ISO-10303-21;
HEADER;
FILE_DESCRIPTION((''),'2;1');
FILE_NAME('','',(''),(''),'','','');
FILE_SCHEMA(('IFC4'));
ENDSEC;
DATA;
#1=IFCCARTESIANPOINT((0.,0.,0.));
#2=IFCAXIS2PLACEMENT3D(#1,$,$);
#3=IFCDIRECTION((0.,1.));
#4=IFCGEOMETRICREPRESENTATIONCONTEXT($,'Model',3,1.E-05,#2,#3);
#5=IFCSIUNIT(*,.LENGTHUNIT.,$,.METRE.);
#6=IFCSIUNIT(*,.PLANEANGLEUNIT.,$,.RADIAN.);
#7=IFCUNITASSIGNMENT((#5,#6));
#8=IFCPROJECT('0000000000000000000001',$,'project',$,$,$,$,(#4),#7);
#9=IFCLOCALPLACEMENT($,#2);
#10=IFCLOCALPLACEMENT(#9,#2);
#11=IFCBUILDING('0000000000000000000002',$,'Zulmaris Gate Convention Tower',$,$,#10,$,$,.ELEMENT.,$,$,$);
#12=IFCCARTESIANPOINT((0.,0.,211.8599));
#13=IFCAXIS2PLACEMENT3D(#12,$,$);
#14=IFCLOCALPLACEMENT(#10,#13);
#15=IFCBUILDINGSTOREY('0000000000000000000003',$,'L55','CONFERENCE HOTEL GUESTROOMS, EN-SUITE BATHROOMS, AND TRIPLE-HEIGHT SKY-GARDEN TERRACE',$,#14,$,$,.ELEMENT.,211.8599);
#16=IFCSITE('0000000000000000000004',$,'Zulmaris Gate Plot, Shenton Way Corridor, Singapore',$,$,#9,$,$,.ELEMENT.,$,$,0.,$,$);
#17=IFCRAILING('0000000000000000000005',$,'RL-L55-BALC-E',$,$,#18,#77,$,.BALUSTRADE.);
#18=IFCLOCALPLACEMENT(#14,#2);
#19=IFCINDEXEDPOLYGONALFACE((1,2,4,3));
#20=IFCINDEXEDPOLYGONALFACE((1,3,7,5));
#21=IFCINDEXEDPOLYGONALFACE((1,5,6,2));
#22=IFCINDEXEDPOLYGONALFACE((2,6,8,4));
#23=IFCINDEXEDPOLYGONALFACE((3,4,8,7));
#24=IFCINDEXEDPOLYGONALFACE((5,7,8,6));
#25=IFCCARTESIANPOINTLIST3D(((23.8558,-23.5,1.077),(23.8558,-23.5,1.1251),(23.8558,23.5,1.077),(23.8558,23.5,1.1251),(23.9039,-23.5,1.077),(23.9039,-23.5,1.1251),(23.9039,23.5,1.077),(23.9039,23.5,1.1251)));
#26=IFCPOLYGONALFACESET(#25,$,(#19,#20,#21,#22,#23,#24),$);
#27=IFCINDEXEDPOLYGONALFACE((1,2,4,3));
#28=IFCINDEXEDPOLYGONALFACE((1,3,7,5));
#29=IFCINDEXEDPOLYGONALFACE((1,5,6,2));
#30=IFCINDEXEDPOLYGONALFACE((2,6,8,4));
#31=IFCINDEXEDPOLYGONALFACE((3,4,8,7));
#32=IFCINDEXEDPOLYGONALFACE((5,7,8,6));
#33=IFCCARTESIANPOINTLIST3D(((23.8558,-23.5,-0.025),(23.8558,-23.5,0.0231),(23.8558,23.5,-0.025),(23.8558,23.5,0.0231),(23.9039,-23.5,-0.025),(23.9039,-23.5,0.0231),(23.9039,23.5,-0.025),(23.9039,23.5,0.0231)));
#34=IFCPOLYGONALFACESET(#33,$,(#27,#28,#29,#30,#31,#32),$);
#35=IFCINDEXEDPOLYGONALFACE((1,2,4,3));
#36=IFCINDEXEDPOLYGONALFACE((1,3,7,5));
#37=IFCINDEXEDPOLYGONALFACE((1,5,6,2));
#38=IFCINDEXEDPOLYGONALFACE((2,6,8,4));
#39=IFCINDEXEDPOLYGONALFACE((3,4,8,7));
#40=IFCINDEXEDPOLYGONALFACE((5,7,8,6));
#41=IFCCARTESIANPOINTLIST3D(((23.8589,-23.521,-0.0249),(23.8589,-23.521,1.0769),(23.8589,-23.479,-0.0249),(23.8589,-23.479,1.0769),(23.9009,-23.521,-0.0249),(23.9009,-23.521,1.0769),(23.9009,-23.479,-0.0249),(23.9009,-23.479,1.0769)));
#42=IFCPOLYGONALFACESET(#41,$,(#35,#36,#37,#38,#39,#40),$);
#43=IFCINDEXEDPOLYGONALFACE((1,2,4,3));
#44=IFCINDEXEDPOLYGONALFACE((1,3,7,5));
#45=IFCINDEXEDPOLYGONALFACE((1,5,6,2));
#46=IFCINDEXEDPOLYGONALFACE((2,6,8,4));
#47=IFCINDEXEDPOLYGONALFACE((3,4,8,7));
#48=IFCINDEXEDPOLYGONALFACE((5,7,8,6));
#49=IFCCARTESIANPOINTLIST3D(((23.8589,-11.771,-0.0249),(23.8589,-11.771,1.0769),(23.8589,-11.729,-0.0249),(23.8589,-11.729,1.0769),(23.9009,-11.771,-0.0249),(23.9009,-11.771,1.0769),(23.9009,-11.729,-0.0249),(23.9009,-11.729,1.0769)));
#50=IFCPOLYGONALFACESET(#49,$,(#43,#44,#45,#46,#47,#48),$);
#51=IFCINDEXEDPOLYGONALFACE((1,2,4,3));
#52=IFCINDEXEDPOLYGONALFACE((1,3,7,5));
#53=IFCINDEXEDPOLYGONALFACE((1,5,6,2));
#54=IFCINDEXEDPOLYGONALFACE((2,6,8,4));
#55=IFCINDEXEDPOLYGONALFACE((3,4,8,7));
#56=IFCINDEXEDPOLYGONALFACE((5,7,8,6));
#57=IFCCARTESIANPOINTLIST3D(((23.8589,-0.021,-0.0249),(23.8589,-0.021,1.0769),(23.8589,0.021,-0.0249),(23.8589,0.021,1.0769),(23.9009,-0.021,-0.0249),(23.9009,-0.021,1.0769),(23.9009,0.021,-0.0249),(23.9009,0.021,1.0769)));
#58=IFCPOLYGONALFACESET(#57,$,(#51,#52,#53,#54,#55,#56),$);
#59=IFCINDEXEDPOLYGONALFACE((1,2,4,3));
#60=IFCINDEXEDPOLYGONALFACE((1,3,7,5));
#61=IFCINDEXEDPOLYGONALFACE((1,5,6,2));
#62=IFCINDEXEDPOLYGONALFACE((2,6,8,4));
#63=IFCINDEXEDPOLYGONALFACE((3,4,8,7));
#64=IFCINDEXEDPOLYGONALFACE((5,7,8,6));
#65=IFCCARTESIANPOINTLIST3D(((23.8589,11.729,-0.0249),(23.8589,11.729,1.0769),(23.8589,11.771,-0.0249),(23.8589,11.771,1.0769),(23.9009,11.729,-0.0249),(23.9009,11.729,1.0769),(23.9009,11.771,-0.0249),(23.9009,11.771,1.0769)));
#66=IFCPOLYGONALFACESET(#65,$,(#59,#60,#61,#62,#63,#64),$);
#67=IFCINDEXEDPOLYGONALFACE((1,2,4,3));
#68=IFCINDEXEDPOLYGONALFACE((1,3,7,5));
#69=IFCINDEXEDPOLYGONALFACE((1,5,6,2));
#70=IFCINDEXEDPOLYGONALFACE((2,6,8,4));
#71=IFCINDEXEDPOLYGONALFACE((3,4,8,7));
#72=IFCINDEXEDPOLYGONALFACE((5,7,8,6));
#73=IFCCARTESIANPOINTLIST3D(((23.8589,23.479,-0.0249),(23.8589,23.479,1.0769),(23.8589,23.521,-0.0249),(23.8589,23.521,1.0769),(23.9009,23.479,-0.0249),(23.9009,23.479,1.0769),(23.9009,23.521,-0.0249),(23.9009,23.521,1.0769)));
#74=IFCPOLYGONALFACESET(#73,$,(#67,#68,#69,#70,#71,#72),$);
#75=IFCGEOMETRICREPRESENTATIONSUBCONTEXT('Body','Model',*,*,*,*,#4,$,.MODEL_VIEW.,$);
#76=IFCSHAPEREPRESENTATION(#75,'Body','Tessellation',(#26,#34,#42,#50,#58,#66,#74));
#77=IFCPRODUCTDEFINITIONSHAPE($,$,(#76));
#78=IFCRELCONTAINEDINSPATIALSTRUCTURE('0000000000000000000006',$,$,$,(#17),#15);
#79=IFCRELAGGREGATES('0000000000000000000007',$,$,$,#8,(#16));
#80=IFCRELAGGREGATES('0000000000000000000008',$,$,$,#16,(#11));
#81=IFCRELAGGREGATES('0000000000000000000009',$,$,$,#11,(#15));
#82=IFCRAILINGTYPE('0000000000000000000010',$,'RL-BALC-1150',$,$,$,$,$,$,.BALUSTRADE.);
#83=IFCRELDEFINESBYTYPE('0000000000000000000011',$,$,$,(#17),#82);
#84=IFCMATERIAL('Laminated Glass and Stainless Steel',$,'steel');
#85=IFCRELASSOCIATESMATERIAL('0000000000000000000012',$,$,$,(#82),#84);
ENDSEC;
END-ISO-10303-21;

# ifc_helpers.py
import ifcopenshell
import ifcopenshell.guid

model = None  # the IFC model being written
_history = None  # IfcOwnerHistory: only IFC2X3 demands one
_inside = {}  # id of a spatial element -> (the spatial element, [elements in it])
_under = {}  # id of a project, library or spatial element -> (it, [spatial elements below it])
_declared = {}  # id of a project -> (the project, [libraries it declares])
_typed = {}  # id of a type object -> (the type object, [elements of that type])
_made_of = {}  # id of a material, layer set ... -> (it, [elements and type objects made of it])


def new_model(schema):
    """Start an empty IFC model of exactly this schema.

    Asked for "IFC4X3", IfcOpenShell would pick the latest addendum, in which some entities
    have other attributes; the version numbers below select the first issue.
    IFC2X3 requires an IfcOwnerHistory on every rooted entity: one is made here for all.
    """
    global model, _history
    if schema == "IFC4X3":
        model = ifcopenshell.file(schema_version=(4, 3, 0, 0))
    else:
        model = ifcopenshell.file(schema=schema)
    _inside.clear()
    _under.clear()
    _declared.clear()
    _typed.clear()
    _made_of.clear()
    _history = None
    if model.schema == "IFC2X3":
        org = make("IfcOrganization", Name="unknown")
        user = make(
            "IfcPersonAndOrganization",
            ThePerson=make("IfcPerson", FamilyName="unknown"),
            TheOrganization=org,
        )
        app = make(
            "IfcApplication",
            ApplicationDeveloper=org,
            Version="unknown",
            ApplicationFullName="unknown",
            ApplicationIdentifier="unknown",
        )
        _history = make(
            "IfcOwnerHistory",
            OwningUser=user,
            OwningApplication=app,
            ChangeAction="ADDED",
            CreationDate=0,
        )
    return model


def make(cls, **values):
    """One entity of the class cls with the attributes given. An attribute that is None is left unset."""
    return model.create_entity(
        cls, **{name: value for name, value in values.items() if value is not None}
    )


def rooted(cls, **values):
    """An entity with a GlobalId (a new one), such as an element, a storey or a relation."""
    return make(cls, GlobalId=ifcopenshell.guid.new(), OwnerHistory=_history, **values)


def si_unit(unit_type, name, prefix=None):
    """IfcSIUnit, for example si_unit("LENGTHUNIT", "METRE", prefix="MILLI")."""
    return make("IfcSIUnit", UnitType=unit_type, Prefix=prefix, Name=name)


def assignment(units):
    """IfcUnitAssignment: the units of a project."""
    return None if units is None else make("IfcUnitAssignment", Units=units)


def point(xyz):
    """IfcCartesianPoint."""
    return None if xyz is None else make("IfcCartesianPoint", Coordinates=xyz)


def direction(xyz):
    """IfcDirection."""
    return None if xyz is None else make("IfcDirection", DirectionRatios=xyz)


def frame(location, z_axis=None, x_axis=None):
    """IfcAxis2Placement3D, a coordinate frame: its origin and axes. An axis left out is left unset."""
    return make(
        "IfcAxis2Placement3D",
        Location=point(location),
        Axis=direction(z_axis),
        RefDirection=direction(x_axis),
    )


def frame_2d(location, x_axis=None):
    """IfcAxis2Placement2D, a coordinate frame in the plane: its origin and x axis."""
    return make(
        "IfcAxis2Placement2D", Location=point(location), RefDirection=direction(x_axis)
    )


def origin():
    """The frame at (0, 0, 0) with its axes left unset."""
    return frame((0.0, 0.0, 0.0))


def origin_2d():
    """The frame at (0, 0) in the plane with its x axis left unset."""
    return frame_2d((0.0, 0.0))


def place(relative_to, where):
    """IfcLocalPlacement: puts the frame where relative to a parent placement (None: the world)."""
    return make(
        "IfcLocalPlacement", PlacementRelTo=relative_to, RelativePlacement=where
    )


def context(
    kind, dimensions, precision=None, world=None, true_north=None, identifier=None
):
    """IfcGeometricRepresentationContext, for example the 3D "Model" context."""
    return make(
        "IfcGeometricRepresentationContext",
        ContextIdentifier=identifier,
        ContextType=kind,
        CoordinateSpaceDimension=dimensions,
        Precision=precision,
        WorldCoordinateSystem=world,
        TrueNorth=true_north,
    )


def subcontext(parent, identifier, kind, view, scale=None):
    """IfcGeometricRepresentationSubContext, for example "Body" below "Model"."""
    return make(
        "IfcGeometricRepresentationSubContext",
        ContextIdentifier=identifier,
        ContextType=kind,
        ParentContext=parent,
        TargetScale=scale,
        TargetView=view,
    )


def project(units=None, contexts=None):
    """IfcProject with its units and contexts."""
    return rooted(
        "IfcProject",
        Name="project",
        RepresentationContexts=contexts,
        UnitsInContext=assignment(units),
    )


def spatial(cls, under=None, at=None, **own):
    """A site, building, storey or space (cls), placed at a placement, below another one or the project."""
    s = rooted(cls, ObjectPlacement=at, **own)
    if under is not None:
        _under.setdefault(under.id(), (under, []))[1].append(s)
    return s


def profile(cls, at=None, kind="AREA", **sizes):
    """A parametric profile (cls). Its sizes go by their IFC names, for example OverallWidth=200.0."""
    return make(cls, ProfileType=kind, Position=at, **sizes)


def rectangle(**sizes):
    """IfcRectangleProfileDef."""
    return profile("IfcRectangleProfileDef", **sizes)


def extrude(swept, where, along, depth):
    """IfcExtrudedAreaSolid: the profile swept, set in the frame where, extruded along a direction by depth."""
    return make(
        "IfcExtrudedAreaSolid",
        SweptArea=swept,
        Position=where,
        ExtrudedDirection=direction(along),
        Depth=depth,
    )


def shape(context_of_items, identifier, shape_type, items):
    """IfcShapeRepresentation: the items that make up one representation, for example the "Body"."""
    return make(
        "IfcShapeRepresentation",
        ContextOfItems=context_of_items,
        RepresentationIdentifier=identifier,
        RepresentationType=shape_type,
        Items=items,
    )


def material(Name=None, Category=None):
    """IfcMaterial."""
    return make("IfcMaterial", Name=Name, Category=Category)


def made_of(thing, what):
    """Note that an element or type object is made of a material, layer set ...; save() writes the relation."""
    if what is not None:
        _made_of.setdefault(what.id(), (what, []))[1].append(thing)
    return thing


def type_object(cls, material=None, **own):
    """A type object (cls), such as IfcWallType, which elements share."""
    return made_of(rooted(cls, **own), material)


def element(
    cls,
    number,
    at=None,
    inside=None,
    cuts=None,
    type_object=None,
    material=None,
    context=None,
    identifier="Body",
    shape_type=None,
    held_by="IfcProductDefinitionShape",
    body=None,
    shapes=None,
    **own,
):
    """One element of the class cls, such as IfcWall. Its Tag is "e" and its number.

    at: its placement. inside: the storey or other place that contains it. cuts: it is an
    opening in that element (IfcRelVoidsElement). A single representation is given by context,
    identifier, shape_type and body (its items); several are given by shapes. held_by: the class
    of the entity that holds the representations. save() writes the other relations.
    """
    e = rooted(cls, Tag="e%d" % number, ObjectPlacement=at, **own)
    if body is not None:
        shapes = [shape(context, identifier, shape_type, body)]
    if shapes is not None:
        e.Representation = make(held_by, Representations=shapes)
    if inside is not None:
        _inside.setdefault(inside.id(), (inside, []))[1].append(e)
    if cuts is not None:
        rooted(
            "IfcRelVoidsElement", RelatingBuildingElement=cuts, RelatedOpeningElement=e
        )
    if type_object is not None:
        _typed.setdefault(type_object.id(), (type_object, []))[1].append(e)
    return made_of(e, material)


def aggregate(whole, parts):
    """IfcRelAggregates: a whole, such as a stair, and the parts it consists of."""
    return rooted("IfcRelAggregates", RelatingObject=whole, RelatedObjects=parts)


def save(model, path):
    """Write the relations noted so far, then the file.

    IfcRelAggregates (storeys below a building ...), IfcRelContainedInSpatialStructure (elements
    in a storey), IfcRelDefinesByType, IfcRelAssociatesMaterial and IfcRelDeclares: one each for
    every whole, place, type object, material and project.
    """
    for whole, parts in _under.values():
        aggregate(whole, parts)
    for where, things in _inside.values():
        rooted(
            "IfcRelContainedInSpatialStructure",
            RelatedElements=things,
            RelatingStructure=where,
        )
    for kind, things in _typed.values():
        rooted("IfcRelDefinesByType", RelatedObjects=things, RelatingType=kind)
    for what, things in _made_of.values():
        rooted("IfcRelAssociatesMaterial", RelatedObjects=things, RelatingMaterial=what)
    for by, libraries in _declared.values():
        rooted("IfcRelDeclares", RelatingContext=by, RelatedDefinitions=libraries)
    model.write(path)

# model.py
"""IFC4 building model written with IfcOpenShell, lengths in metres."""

from ifc_helpers import new_model, si_unit, direction, frame, origin, origin_2d, place, context, subcontext, project, spatial, rectangle, extrude, material, type_object, element, save


model = new_model("IFC4")

# Units and contexts
model_context = context("Model", 3, precision=1e-05, world=origin(), true_north=direction((0.0, 1.0)))
body_context = subcontext(model_context, "Body", "Model", "MODEL_VIEW")
ifc_project = project(units=[si_unit("LENGTHUNIT", "METRE"), si_unit("PLANEANGLEUNIT", "RADIAN")], contexts=[model_context])

# Site, building, storey
site_placement = place(None, origin())
site = spatial("IfcSite", under=ifc_project, at=site_placement, Name="Zulmaris Gate Plot, Shenton Way Corridor, Singapore", CompositionType="ELEMENT", RefElevation=0.0)
building_placement = place(site_placement, origin())
building = spatial("IfcBuilding", under=site, at=building_placement, Name="Zulmaris Gate Convention Tower", CompositionType="ELEMENT")
storey_placement = place(building_placement, frame((0.0, 0.0, 211.8599)))
storey = spatial("IfcBuildingStorey", under=building, at=storey_placement, Name="L55", Description="CONFERENCE HOTEL GUESTROOMS, EN-SUITE BATHROOMS, AND TRIPLE-HEIGHT SKY-GARDEN TERRACE", CompositionType="ELEMENT", Elevation=211.8599)

# Railing
ifc_material_1 = material(Name="Laminated Glass and Stainless Steel", Category="steel")
railing_type = type_object("IfcRailingType", Name="RL-BALC-1150", PredefinedType="BALUSTRADE", material=ifc_material_1)
railing_placement = place(storey_placement, frame((23.8799, -23.5, -0.0249)))
element("IfcRailing", 1, at=railing_placement, inside=storey, type_object=railing_type, Name="RL-L55-BALC-E", PredefinedType="BALUSTRADE", context=body_context, shape_type="SweptSolid", body=[
    extrude(rectangle(XDim=0.0481, YDim=0.0481, at=origin_2d()), frame((0.0, 0.0, 1.126), z_axis=(0.0, 1.0, 0.0), x_axis=(-1.0, 0.0, 0.0)), (0.0, 0.0, 1.0), 47.0),
    extrude(rectangle(XDim=0.0481, YDim=0.0481, at=origin_2d()), frame((0.0, 0.0, 0.0239), z_axis=(0.0, 1.0, 0.0), x_axis=(-1.0, 0.0, 0.0)), (0.0, 0.0, 1.0), 47.0),
    extrude(rectangle(XDim=0.042, YDim=0.042, at=origin_2d()), origin(), (0.0, 0.0, 1.0), 1.1018),
    extrude(rectangle(XDim=0.042, YDim=0.042, at=origin_2d()), frame((0.0, 11.75, 0.0)), (0.0, 0.0, 1.0), 1.1018),
    extrude(rectangle(XDim=0.042, YDim=0.042, at=origin_2d()), frame((0.0, 23.5, 0.0)), (0.0, 0.0, 1.0), 1.1018),
    extrude(rectangle(XDim=0.042, YDim=0.042, at=origin_2d()), frame((0.0, 35.25, 0.0)), (0.0, 0.0, 1.0), 1.1018),
    extrude(rectangle(XDim=0.042, YDim=0.042, at=origin_2d()), frame((0.0, 47.0, 0.0)), (0.0, 0.0, 1.0), 1.1018),
])

save(model, "model.ifc")
